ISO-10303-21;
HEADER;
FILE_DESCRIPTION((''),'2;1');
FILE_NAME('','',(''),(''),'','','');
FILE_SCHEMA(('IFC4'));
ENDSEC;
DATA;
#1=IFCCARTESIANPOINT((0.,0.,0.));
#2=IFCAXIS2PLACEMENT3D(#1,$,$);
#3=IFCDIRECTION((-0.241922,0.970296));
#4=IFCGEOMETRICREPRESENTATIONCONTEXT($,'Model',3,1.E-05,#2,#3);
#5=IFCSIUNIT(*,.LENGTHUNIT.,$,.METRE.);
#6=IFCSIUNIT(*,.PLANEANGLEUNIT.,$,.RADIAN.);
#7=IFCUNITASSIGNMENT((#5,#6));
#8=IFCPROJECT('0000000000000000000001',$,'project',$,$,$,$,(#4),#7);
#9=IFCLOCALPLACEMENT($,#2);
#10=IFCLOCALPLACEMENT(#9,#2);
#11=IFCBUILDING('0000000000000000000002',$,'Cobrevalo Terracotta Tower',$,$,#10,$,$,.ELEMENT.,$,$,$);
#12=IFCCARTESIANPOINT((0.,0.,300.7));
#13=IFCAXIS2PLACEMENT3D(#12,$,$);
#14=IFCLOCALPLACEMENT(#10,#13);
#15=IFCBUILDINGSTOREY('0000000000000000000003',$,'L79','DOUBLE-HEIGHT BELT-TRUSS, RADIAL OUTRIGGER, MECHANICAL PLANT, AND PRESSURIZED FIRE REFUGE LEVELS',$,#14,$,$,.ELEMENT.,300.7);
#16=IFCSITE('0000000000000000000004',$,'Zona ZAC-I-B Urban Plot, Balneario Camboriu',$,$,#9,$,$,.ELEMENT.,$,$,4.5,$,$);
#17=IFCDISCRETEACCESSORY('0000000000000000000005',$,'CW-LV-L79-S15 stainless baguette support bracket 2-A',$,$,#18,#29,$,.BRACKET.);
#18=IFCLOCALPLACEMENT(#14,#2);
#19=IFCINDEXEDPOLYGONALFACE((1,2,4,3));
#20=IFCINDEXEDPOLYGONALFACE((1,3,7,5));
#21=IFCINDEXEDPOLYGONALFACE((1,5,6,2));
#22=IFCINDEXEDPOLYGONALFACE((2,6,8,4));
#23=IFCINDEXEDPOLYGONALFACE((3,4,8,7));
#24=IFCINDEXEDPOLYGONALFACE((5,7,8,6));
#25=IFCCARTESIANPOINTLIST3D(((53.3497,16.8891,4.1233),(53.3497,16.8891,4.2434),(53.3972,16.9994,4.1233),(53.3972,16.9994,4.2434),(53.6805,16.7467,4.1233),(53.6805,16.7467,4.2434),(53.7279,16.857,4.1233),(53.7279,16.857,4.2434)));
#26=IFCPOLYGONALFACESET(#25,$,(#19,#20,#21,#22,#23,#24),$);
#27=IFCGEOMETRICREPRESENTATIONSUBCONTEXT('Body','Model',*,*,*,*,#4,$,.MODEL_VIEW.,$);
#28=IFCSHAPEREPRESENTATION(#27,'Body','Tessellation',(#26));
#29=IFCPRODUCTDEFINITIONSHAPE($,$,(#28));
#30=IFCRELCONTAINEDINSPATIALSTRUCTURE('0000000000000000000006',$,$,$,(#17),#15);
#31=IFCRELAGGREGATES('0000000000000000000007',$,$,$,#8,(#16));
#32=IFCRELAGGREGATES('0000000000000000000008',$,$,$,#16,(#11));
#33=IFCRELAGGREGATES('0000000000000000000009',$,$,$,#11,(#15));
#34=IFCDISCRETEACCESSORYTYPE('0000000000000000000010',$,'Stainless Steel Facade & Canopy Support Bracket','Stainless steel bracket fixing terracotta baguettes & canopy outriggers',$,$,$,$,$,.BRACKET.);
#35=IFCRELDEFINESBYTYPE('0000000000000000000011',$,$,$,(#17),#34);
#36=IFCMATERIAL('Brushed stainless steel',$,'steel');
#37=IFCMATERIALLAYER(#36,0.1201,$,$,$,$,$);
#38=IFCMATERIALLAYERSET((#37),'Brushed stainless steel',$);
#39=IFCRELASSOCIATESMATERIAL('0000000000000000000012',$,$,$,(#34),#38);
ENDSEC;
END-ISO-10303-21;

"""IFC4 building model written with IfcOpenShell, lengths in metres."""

from ifc_helpers import new_model, si_unit, direction, frame, origin, origin_2d, place, context, subcontext, project, spatial, rectangle, extrude, source, transform, mapped, material, layer, layer_set, type_object, element, save


model = new_model("IFC4")

# Units and contexts
model_context = context("Model", 3, precision=1e-05, world=origin(), true_north=direction((-0.241922, 0.970296)))
body_context = subcontext(model_context, "Body", "Model", "MODEL_VIEW")
ifc_project = project(units=[si_unit("LENGTHUNIT", "METRE"), si_unit("PLANEANGLEUNIT", "RADIAN")], contexts=[model_context])

# Site, building, storey
site_placement = place(None, origin())
site = spatial("IfcSite", under=ifc_project, at=site_placement, Name="Zona ZAC-I-B Urban Plot, Balneario Camboriu", CompositionType="ELEMENT", RefElevation=4.5)
building_placement = place(site_placement, origin())
building = spatial("IfcBuilding", under=site, at=building_placement, Name="Cobrevalo Terracotta Tower", CompositionType="ELEMENT")
storey_placement = place(building_placement, frame((0.0, 0.0, 300.7)))
storey = spatial("IfcBuildingStorey", under=building, at=storey_placement, Name="L79", Description="DOUBLE-HEIGHT BELT-TRUSS, RADIAL OUTRIGGER, MECHANICAL PLANT, AND PRESSURIZED FIRE REFUGE LEVELS", CompositionType="ELEMENT", Elevation=300.7)

# Discrete accessory
ifc_material_1 = material(Name="Brushed stainless steel", Category="steel")
ifc_layer_1 = layer(ifc_material_1, 0.1201)
ifc_layer_set_1 = layer_set([ifc_layer_1], Name="Brushed stainless steel")
discrete_accessory_type = type_object("IfcDiscreteAccessoryType", Name="Stainless Steel Facade & Canopy Support Bracket", Description="Stainless steel bracket fixing terracotta baguettes & canopy outriggers", PredefinedType="BRACKET", material=ifc_layer_set_1)
shared_shape_1 = source(origin(), body_context, "Body", "SweptSolid", [
    extrude(rectangle(XDim=0.1201, YDim=0.3601, at=origin_2d()), origin(), (0.0, 0.0, 1.0), 0.1201),
])
for number, where, z_axis, x_axis, name in (
    (1, (53.5388, 16.873, 4.1233), (0.0, 0.0, 1.0), (0.395368, 0.918523, 0.0), "CW-LV-L79-S15 stainless baguette support bracket 2-A"),
):
    element("IfcDiscreteAccessory", number, at=place(storey_placement, frame(where, z_axis=z_axis, x_axis=x_axis)), inside=storey, type_object=discrete_accessory_type, Name=name, PredefinedType="BRACKET", context=body_context, shape_type="MappedRepresentation", body=[
        mapped(shared_shape_1, transform((0.0, 0.0, 0.0), scale=1.0)),
    ])

save(model, "model.ifc")
